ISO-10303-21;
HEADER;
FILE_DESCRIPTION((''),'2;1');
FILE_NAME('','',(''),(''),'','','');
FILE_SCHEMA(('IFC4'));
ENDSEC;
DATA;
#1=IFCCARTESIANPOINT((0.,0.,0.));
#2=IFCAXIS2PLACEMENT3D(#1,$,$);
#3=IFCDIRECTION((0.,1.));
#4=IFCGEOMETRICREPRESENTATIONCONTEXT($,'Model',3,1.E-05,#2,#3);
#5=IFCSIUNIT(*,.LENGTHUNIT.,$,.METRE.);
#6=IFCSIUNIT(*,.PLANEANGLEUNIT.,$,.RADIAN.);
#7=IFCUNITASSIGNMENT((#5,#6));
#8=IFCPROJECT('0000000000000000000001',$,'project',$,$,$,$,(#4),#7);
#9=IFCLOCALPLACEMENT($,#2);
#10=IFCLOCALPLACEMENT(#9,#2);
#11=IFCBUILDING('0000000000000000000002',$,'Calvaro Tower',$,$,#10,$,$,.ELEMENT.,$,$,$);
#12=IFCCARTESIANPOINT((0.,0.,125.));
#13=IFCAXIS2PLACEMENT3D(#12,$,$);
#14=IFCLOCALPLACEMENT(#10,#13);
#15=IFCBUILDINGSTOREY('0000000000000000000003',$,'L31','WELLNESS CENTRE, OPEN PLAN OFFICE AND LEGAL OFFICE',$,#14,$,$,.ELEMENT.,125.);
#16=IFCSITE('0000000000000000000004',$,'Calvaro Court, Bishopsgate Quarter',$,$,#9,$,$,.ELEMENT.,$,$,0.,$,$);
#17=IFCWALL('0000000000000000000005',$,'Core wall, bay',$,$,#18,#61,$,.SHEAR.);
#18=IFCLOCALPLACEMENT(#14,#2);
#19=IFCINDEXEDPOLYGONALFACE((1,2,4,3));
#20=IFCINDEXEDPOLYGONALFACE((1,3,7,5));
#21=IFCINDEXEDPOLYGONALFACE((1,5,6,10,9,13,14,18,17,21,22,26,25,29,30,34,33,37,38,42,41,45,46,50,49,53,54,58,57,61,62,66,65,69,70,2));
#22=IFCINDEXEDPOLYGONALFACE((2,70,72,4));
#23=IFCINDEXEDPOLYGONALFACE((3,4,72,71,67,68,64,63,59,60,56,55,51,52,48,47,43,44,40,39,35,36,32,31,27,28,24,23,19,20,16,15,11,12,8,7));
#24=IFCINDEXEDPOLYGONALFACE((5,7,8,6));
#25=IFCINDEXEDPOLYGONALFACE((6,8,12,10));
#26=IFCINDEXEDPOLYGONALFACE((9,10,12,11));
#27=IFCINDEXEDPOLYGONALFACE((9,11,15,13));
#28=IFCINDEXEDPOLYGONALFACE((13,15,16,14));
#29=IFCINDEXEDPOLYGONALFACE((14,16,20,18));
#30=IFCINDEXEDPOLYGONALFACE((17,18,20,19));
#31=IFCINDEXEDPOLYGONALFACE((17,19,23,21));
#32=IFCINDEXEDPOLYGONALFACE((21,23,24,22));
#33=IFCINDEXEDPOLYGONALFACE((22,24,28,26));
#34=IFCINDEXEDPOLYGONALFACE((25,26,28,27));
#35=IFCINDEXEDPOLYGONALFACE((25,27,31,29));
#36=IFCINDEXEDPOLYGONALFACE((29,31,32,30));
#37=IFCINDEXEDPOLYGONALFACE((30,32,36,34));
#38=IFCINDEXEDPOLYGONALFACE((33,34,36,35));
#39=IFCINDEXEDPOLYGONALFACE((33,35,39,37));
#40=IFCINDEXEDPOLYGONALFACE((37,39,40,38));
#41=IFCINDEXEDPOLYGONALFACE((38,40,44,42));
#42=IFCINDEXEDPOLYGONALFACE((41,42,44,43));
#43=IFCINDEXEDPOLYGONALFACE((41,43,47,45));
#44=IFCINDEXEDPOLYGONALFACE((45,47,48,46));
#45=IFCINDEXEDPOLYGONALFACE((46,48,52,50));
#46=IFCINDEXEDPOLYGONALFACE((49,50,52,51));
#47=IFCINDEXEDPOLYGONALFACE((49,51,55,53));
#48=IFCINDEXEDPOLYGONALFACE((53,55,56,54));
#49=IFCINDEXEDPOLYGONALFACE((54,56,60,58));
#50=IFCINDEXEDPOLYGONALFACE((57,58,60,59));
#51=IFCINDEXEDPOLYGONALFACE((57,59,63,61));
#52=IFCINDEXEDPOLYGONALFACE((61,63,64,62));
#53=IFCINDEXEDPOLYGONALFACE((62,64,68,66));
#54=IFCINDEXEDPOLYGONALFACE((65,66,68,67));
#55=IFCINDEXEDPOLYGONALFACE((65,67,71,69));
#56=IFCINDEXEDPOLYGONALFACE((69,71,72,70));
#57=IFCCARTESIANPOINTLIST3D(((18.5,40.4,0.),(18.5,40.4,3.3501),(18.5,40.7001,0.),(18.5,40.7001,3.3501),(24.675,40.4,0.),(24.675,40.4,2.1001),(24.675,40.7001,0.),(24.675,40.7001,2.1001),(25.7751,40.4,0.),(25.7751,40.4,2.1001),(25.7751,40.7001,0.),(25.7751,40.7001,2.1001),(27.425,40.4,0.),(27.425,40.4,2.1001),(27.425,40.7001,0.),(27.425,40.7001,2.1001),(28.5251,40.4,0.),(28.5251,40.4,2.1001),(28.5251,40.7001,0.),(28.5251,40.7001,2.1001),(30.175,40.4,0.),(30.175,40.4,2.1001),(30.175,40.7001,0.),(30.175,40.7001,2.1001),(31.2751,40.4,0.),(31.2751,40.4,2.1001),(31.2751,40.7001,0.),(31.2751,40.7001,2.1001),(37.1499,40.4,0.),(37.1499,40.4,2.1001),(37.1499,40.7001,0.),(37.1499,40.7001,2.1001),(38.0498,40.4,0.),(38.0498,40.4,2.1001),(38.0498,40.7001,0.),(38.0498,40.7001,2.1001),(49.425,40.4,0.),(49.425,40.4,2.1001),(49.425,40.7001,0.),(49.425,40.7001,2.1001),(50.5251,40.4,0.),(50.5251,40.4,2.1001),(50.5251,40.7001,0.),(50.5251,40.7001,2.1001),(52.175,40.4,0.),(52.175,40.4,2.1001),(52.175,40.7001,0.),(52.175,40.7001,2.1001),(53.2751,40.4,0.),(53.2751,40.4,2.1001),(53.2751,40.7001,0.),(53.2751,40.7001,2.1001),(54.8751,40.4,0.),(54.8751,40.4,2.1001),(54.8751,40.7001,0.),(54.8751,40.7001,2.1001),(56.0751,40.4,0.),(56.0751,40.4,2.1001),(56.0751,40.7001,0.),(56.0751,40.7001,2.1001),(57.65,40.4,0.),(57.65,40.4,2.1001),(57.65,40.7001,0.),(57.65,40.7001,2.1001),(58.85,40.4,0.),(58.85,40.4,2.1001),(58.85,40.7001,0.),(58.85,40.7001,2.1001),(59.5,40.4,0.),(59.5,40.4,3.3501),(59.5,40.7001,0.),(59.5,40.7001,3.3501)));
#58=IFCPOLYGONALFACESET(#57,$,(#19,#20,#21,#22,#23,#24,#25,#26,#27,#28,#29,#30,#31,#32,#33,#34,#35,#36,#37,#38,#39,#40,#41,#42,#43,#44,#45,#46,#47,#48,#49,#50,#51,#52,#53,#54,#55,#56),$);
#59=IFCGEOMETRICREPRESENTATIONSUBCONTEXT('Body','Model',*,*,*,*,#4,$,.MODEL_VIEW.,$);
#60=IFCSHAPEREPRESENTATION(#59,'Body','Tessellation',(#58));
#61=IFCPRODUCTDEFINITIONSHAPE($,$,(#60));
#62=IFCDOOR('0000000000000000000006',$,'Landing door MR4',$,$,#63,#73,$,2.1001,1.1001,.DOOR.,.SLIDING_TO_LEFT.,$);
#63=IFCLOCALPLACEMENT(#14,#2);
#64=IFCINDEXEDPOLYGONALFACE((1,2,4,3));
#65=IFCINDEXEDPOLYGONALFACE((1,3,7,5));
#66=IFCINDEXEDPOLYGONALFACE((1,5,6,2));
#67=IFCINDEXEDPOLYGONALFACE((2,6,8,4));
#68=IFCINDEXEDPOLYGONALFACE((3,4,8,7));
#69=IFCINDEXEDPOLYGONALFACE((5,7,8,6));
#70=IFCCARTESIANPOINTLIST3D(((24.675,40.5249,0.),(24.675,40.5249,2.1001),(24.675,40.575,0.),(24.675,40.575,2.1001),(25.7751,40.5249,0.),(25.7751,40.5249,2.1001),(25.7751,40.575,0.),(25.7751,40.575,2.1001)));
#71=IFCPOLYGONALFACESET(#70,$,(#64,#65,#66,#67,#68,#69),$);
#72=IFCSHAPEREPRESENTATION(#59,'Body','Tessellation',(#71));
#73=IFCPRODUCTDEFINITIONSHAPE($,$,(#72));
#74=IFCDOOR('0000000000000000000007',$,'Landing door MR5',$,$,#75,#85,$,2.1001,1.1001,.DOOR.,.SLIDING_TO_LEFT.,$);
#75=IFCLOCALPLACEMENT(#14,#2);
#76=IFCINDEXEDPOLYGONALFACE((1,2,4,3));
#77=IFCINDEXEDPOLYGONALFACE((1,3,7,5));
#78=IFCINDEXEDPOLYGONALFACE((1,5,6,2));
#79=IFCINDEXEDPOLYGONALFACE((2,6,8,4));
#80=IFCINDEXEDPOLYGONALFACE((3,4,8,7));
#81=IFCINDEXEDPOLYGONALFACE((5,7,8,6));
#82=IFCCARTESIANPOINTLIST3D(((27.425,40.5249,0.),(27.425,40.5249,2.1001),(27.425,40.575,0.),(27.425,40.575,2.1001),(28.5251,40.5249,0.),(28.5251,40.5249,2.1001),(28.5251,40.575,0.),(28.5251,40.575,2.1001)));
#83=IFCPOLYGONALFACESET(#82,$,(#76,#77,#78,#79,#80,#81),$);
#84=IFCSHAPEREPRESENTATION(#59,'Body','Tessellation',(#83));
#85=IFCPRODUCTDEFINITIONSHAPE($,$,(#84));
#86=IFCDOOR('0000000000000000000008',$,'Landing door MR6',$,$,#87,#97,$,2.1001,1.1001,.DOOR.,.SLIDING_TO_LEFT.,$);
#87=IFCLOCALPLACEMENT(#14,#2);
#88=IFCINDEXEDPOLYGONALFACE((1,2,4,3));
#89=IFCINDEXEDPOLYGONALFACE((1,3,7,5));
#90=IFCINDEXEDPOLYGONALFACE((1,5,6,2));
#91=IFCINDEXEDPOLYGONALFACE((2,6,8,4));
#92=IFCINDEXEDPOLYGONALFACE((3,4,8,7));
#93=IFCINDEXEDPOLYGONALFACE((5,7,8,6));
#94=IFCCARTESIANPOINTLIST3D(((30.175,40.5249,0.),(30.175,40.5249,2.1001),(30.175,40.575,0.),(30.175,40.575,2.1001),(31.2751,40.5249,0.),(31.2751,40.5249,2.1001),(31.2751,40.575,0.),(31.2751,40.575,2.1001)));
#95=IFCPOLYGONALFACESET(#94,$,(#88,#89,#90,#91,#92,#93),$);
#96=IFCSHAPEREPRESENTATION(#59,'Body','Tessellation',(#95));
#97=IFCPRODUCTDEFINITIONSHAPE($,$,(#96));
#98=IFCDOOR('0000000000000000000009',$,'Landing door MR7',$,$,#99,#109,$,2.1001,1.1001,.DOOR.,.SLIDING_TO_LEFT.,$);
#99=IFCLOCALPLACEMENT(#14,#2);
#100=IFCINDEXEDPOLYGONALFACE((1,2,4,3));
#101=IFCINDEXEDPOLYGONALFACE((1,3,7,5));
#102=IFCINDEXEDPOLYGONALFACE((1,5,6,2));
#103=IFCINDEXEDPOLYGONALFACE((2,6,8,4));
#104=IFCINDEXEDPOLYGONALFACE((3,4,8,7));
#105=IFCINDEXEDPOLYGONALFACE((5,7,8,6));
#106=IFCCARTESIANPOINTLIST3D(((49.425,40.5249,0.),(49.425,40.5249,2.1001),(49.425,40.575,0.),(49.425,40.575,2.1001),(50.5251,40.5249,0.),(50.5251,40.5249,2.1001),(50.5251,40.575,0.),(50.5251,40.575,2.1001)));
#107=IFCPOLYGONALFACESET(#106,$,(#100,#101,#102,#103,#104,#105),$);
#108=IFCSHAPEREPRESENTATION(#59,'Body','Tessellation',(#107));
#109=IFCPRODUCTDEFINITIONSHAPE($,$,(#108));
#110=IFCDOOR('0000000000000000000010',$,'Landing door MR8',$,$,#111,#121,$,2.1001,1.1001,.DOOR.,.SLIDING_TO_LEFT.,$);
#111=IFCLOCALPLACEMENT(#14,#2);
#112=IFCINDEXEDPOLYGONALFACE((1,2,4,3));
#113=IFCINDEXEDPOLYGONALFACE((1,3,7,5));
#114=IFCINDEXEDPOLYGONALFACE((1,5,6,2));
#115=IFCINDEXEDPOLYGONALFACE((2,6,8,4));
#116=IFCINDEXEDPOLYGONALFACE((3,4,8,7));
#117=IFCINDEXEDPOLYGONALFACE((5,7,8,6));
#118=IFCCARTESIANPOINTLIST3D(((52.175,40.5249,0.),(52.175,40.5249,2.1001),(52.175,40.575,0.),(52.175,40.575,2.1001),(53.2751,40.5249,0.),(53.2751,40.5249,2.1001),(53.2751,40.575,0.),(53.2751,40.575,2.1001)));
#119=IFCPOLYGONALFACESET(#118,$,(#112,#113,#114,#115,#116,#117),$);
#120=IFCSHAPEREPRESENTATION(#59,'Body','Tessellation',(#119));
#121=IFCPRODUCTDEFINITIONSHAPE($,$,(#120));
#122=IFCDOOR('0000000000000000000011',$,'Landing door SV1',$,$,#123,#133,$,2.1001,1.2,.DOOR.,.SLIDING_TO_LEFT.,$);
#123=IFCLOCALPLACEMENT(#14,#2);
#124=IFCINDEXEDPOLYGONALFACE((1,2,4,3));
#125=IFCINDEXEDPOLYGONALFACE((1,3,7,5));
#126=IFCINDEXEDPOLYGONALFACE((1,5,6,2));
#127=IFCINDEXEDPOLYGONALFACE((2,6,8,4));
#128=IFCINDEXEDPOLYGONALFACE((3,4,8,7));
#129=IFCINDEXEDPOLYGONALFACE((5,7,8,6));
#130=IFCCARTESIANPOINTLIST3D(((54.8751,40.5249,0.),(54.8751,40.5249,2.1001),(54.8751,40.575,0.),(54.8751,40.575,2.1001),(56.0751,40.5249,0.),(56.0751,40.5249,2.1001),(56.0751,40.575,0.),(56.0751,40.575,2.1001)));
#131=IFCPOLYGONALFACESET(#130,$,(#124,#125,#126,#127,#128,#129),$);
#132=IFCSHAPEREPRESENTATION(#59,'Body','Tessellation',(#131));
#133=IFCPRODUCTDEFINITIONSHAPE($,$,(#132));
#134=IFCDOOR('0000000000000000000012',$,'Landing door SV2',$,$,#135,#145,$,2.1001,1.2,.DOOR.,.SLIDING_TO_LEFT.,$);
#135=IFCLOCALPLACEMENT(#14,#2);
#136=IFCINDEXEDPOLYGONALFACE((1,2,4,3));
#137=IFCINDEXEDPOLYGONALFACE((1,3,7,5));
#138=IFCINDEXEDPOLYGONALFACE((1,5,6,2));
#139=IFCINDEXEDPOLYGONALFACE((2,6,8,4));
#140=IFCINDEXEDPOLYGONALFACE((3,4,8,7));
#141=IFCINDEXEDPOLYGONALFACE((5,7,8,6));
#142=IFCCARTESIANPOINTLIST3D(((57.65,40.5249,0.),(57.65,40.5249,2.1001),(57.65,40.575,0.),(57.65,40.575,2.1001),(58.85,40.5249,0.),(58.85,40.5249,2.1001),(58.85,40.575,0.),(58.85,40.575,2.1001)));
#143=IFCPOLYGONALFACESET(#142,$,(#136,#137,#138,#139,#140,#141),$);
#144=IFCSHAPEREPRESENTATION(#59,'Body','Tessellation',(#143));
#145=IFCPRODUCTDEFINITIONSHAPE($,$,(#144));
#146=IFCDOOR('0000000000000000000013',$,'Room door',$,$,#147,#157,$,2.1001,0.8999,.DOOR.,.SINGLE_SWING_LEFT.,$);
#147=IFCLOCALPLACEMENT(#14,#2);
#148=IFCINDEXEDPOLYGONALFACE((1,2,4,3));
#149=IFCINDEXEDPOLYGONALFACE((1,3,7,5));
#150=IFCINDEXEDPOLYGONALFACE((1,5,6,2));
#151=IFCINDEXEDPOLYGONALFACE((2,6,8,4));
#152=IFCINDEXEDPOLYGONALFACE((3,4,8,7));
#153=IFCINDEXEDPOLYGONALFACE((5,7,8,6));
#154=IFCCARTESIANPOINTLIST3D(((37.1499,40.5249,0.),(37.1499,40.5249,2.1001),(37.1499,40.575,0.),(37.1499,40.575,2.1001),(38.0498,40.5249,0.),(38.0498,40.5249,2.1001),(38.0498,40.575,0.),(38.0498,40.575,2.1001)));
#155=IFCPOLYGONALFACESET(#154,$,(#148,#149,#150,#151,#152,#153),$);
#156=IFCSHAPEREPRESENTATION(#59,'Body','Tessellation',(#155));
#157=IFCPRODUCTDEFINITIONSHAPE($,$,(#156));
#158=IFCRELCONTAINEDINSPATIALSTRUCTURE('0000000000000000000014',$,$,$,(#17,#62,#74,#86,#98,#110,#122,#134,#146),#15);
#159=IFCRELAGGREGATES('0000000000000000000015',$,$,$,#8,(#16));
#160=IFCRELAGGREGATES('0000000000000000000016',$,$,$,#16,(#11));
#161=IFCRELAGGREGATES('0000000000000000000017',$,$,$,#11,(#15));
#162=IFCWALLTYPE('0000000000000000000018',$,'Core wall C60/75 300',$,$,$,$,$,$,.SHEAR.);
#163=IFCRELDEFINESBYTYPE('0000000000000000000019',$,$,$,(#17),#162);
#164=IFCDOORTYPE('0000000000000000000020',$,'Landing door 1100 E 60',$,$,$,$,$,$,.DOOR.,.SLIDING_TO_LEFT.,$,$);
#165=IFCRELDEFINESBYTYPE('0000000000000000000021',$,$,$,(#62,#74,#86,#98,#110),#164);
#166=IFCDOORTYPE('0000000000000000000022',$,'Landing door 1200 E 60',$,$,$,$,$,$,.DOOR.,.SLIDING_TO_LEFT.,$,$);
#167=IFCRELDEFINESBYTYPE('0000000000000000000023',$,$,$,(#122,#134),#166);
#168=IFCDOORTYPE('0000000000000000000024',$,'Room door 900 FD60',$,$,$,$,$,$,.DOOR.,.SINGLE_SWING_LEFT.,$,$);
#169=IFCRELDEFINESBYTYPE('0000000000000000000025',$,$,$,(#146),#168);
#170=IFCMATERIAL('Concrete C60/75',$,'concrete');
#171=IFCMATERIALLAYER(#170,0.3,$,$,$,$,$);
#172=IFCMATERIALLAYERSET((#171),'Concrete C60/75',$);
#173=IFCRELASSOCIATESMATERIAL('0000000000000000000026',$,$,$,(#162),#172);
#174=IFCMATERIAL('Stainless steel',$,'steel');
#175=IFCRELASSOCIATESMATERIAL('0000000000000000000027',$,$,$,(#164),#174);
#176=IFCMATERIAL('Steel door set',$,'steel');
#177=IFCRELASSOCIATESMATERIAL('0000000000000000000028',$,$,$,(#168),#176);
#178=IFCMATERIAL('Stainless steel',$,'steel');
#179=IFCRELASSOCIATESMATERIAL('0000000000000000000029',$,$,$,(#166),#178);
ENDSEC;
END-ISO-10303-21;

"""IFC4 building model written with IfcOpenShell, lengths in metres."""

from ifc_helpers import new_model, si_unit, direction, frame, frame_2d, origin, place, context, subcontext, project, spatial, rectangle, extrude, material, layer, layer_set, type_object, element, fill, save


model = new_model("IFC4")

# Units and contexts
model_context = context("Model", 3, precision=1e-05, world=origin(), true_north=direction((0.0, 1.0)))
body_context = subcontext(model_context, "Body", "Model", "MODEL_VIEW")
ifc_project = project(units=[si_unit("LENGTHUNIT", "METRE"), si_unit("PLANEANGLEUNIT", "RADIAN")], contexts=[model_context])

# Site, building, storey
site_placement = place(None, origin())
site = spatial("IfcSite", under=ifc_project, at=site_placement, Name="Calvaro Court, Bishopsgate Quarter", CompositionType="ELEMENT", RefElevation=0.0)
building_placement = place(site_placement, origin())
building = spatial("IfcBuilding", under=site, at=building_placement, Name="Calvaro Tower", CompositionType="ELEMENT")
storey_placement = place(building_placement, frame((0.0, 0.0, 125.0)))
storey = spatial("IfcBuildingStorey", under=building, at=storey_placement, Name="L31", Description="WELLNESS CENTRE, OPEN PLAN OFFICE AND LEGAL OFFICE", CompositionType="ELEMENT", Elevation=125.0)

# Shared definitions
ifc_material_1 = material(Name="Concrete C60/75", Category="concrete")
ifc_layer_1 = layer(ifc_material_1, 0.3)
ifc_layer_set_1 = layer_set([ifc_layer_1], Name="Concrete C60/75")
wall_type_1 = type_object("IfcWallType", Name="Core wall C60/75 300", PredefinedType="SHEAR", material=ifc_layer_set_1)
ifc_material_2 = material(Name="Stainless steel", Category="steel")
door_type_1 = type_object("IfcDoorType", Name="Landing door 1100 E 60", OperationType="SLIDING_TO_LEFT", PredefinedType="DOOR", material=ifc_material_2)
ifc_material_3 = material(Name="Steel door set", Category="steel")
door_type_2 = type_object("IfcDoorType", Name="Room door 900 FD60", OperationType="SINGLE_SWING_LEFT", PredefinedType="DOOR", material=ifc_material_3)

# Wall, openings, doors
wall_1_placement = place(storey_placement, frame((18.5, 40.55, 0.0), z_axis=(0.0, 0.0, 1.0), x_axis=(1.0, 0.0, 0.0)))
wall_1 = element("IfcWall", 1, at=wall_1_placement, inside=storey, type_object=wall_type_1, Name="Core wall, bay", PredefinedType="SHEAR", context=body_context, shape_type="SweptSolid", body=[
    extrude(rectangle(XDim=41.0, YDim=0.3, at=frame_2d((20.5, 0.0))), origin(), (0.0, 0.0, 1.0), 3.3501),
])
opening_1_placement = place(wall_1_placement, frame((18.6499, 0.0, 0.0)))
opening_1 = element("IfcOpeningElement", 2, at=opening_1_placement, cuts=wall_1, PredefinedType="OPENING", context=body_context, shape_type="SweptSolid", body=[
    extrude(rectangle(XDim=0.8999, YDim=2.1001, at=frame_2d((0.45, 1.05))), frame((0.0, 0.1599, 0.0), z_axis=(0.0, -1.0, 0.0), x_axis=(1.0, 0.0, 0.0)), (0.0, 0.0, 1.0), 0.3201),
])
opening_2_placement = place(wall_1_placement, frame((6.175, 0.0, 0.0)))
opening_2 = element("IfcOpeningElement", 3, at=opening_2_placement, cuts=wall_1, PredefinedType="OPENING", context=body_context, shape_type="SweptSolid", body=[
    extrude(rectangle(XDim=1.1001, YDim=2.1001, at=frame_2d((0.55, 1.05))), frame((0.0, 0.1599, 0.0), z_axis=(0.0, -1.0, 0.0), x_axis=(1.0, 0.0, 0.0)), (0.0, 0.0, 1.0), 0.3201),
])
opening_3_placement = place(wall_1_placement, frame((8.925, 0.0, 0.0)))
opening_3 = element("IfcOpeningElement", 4, at=opening_3_placement, cuts=wall_1, PredefinedType="OPENING", context=body_context, shape_type="SweptSolid", body=[
    extrude(rectangle(XDim=1.1001, YDim=2.1001, at=frame_2d((0.55, 1.05))), frame((0.0, 0.1599, 0.0), z_axis=(0.0, -1.0, 0.0), x_axis=(1.0, 0.0, 0.0)), (0.0, 0.0, 1.0), 0.3201),
])
opening_4_placement = place(wall_1_placement, frame((11.675, 0.0, 0.0)))
opening_4 = element("IfcOpeningElement", 5, at=opening_4_placement, cuts=wall_1, PredefinedType="OPENING", context=body_context, shape_type="SweptSolid", body=[
    extrude(rectangle(XDim=1.1001, YDim=2.1001, at=frame_2d((0.55, 1.05))), frame((0.0, 0.1599, 0.0), z_axis=(0.0, -1.0, 0.0), x_axis=(1.0, 0.0, 0.0)), (0.0, 0.0, 1.0), 0.3201),
])
opening_5_placement = place(wall_1_placement, frame((30.925, 0.0, 0.0)))
opening_5 = element("IfcOpeningElement", 6, at=opening_5_placement, cuts=wall_1, PredefinedType="OPENING", context=body_context, shape_type="SweptSolid", body=[
    extrude(rectangle(XDim=1.1001, YDim=2.1001, at=frame_2d((0.55, 1.05))), frame((0.0, 0.1599, 0.0), z_axis=(0.0, -1.0, 0.0), x_axis=(1.0, 0.0, 0.0)), (0.0, 0.0, 1.0), 0.3201),
])
opening_6_placement = place(wall_1_placement, frame((33.675, 0.0, 0.0)))
opening_6 = element("IfcOpeningElement", 7, at=opening_6_placement, cuts=wall_1, PredefinedType="OPENING", context=body_context, shape_type="SweptSolid", body=[
    extrude(rectangle(XDim=1.1001, YDim=2.1001, at=frame_2d((0.55, 1.05))), frame((0.0, 0.1599, 0.0), z_axis=(0.0, -1.0, 0.0), x_axis=(1.0, 0.0, 0.0)), (0.0, 0.0, 1.0), 0.3201),
])
opening_7_placement = place(wall_1_placement, frame((36.375, 0.0, 0.0)))
opening_7 = element("IfcOpeningElement", 8, at=opening_7_placement, cuts=wall_1, PredefinedType="OPENING", context=body_context, shape_type="SweptSolid", body=[
    extrude(rectangle(XDim=1.2, YDim=2.1001, at=frame_2d((0.6001, 1.05))), frame((0.0, 0.1599, 0.0), z_axis=(0.0, -1.0, 0.0), x_axis=(1.0, 0.0, 0.0)), (0.0, 0.0, 1.0), 0.3201),
])
opening_8_placement = place(wall_1_placement, frame((39.1499, 0.0, 0.0)))
opening_8 = element("IfcOpeningElement", 9, at=opening_8_placement, cuts=wall_1, PredefinedType="OPENING", context=body_context, shape_type="SweptSolid", body=[
    extrude(rectangle(XDim=1.2, YDim=2.1001, at=frame_2d((0.6001, 1.05))), frame((0.0, 0.1599, 0.0), z_axis=(0.0, -1.0, 0.0), x_axis=(1.0, 0.0, 0.0)), (0.0, 0.0, 1.0), 0.3201),
])
door_1_placement = place(opening_2_placement, origin())
door_1 = element("IfcDoor", 10, at=door_1_placement, inside=storey, type_object=door_type_1, Name="Landing door MR4", OperationType="SLIDING_TO_LEFT", OverallHeight=2.1001, OverallWidth=1.1001, PredefinedType="DOOR", context=body_context, shape_type="SweptSolid", body=[
    extrude(rectangle(XDim=1.1001, YDim=2.1001, at=frame_2d((0.55, 1.05))), frame((0.0, 0.0249, 0.0), z_axis=(0.0, -1.0, 0.0), x_axis=(1.0, 0.0, 0.0)), (0.0, 0.0, 1.0), 0.05),
])
fill(opening_2, door_1)
door_2_placement = place(opening_3_placement, origin())
door_2 = element("IfcDoor", 11, at=door_2_placement, inside=storey, type_object=door_type_1, Name="Landing door MR5", OperationType="SLIDING_TO_LEFT", OverallHeight=2.1001, OverallWidth=1.1001, PredefinedType="DOOR", context=body_context, shape_type="SweptSolid", body=[
    extrude(rectangle(XDim=1.1001, YDim=2.1001, at=frame_2d((0.55, 1.05))), frame((0.0, 0.0249, 0.0), z_axis=(0.0, -1.0, 0.0), x_axis=(1.0, 0.0, 0.0)), (0.0, 0.0, 1.0), 0.05),
])
fill(opening_3, door_2)
door_3_placement = place(opening_4_placement, origin())
door_3 = element("IfcDoor", 12, at=door_3_placement, inside=storey, type_object=door_type_1, Name="Landing door MR6", OperationType="SLIDING_TO_LEFT", OverallHeight=2.1001, OverallWidth=1.1001, PredefinedType="DOOR", context=body_context, shape_type="SweptSolid", body=[
    extrude(rectangle(XDim=1.1001, YDim=2.1001, at=frame_2d((0.55, 1.05))), frame((0.0, 0.0249, 0.0), z_axis=(0.0, -1.0, 0.0), x_axis=(1.0, 0.0, 0.0)), (0.0, 0.0, 1.0), 0.05),
])
fill(opening_4, door_3)
door_4_placement = place(opening_5_placement, origin())
door_4 = element("IfcDoor", 13, at=door_4_placement, inside=storey, type_object=door_type_1, Name="Landing door MR7", OperationType="SLIDING_TO_LEFT", OverallHeight=2.1001, OverallWidth=1.1001, PredefinedType="DOOR", context=body_context, shape_type="SweptSolid", body=[
    extrude(rectangle(XDim=1.1001, YDim=2.1001, at=frame_2d((0.55, 1.05))), frame((0.0, 0.0249, 0.0), z_axis=(0.0, -1.0, 0.0), x_axis=(1.0, 0.0, 0.0)), (0.0, 0.0, 1.0), 0.05),
])
fill(opening_5, door_4)
door_5_placement = place(opening_6_placement, origin())
door_5 = element("IfcDoor", 14, at=door_5_placement, inside=storey, type_object=door_type_1, Name="Landing door MR8", OperationType="SLIDING_TO_LEFT", OverallHeight=2.1001, OverallWidth=1.1001, PredefinedType="DOOR", context=body_context, shape_type="SweptSolid", body=[
    extrude(rectangle(XDim=1.1001, YDim=2.1001, at=frame_2d((0.55, 1.05))), frame((0.0, 0.0249, 0.0), z_axis=(0.0, -1.0, 0.0), x_axis=(1.0, 0.0, 0.0)), (0.0, 0.0, 1.0), 0.05),
])
fill(opening_6, door_5)
ifc_material_4 = material(Name="Stainless steel", Category="steel")
door_type_3 = type_object("IfcDoorType", Name="Landing door 1200 E 60", OperationType="SLIDING_TO_LEFT", PredefinedType="DOOR", material=ifc_material_4)
door_6_placement = place(opening_7_placement, origin())
door_6 = element("IfcDoor", 15, at=door_6_placement, inside=storey, type_object=door_type_3, Name="Landing door SV1", OperationType="SLIDING_TO_LEFT", OverallHeight=2.1001, OverallWidth=1.2, PredefinedType="DOOR", context=body_context, shape_type="SweptSolid", body=[
    extrude(rectangle(XDim=1.2, YDim=2.1001, at=frame_2d((0.6001, 1.05))), frame((0.0, 0.0249, 0.0), z_axis=(0.0, -1.0, 0.0), x_axis=(1.0, 0.0, 0.0)), (0.0, 0.0, 1.0), 0.05),
])
fill(opening_7, door_6)
door_7_placement = place(opening_8_placement, origin())
door_7 = element("IfcDoor", 16, at=door_7_placement, inside=storey, type_object=door_type_3, Name="Landing door SV2", OperationType="SLIDING_TO_LEFT", OverallHeight=2.1001, OverallWidth=1.2, PredefinedType="DOOR", context=body_context, shape_type="SweptSolid", body=[
    extrude(rectangle(XDim=1.2, YDim=2.1001, at=frame_2d((0.6001, 1.05))), frame((0.0, 0.0249, 0.0), z_axis=(0.0, -1.0, 0.0), x_axis=(1.0, 0.0, 0.0)), (0.0, 0.0, 1.0), 0.05),
])
fill(opening_8, door_7)
door_8_placement = place(opening_1_placement, origin())
door_8 = element("IfcDoor", 17, at=door_8_placement, inside=storey, type_object=door_type_2, Name="Room door", OperationType="SINGLE_SWING_LEFT", OverallHeight=2.1001, OverallWidth=0.8999, PredefinedType="DOOR", context=body_context, shape_type="SweptSolid", body=[
    extrude(rectangle(XDim=0.8999, YDim=2.1001, at=frame_2d((0.45, 1.05))), frame((0.0, 0.0249, 0.0), z_axis=(0.0, -1.0, 0.0), x_axis=(1.0, 0.0, 0.0)), (0.0, 0.0, 1.0), 0.05),
])
fill(opening_1, door_8)

save(model, "model.ifc")
